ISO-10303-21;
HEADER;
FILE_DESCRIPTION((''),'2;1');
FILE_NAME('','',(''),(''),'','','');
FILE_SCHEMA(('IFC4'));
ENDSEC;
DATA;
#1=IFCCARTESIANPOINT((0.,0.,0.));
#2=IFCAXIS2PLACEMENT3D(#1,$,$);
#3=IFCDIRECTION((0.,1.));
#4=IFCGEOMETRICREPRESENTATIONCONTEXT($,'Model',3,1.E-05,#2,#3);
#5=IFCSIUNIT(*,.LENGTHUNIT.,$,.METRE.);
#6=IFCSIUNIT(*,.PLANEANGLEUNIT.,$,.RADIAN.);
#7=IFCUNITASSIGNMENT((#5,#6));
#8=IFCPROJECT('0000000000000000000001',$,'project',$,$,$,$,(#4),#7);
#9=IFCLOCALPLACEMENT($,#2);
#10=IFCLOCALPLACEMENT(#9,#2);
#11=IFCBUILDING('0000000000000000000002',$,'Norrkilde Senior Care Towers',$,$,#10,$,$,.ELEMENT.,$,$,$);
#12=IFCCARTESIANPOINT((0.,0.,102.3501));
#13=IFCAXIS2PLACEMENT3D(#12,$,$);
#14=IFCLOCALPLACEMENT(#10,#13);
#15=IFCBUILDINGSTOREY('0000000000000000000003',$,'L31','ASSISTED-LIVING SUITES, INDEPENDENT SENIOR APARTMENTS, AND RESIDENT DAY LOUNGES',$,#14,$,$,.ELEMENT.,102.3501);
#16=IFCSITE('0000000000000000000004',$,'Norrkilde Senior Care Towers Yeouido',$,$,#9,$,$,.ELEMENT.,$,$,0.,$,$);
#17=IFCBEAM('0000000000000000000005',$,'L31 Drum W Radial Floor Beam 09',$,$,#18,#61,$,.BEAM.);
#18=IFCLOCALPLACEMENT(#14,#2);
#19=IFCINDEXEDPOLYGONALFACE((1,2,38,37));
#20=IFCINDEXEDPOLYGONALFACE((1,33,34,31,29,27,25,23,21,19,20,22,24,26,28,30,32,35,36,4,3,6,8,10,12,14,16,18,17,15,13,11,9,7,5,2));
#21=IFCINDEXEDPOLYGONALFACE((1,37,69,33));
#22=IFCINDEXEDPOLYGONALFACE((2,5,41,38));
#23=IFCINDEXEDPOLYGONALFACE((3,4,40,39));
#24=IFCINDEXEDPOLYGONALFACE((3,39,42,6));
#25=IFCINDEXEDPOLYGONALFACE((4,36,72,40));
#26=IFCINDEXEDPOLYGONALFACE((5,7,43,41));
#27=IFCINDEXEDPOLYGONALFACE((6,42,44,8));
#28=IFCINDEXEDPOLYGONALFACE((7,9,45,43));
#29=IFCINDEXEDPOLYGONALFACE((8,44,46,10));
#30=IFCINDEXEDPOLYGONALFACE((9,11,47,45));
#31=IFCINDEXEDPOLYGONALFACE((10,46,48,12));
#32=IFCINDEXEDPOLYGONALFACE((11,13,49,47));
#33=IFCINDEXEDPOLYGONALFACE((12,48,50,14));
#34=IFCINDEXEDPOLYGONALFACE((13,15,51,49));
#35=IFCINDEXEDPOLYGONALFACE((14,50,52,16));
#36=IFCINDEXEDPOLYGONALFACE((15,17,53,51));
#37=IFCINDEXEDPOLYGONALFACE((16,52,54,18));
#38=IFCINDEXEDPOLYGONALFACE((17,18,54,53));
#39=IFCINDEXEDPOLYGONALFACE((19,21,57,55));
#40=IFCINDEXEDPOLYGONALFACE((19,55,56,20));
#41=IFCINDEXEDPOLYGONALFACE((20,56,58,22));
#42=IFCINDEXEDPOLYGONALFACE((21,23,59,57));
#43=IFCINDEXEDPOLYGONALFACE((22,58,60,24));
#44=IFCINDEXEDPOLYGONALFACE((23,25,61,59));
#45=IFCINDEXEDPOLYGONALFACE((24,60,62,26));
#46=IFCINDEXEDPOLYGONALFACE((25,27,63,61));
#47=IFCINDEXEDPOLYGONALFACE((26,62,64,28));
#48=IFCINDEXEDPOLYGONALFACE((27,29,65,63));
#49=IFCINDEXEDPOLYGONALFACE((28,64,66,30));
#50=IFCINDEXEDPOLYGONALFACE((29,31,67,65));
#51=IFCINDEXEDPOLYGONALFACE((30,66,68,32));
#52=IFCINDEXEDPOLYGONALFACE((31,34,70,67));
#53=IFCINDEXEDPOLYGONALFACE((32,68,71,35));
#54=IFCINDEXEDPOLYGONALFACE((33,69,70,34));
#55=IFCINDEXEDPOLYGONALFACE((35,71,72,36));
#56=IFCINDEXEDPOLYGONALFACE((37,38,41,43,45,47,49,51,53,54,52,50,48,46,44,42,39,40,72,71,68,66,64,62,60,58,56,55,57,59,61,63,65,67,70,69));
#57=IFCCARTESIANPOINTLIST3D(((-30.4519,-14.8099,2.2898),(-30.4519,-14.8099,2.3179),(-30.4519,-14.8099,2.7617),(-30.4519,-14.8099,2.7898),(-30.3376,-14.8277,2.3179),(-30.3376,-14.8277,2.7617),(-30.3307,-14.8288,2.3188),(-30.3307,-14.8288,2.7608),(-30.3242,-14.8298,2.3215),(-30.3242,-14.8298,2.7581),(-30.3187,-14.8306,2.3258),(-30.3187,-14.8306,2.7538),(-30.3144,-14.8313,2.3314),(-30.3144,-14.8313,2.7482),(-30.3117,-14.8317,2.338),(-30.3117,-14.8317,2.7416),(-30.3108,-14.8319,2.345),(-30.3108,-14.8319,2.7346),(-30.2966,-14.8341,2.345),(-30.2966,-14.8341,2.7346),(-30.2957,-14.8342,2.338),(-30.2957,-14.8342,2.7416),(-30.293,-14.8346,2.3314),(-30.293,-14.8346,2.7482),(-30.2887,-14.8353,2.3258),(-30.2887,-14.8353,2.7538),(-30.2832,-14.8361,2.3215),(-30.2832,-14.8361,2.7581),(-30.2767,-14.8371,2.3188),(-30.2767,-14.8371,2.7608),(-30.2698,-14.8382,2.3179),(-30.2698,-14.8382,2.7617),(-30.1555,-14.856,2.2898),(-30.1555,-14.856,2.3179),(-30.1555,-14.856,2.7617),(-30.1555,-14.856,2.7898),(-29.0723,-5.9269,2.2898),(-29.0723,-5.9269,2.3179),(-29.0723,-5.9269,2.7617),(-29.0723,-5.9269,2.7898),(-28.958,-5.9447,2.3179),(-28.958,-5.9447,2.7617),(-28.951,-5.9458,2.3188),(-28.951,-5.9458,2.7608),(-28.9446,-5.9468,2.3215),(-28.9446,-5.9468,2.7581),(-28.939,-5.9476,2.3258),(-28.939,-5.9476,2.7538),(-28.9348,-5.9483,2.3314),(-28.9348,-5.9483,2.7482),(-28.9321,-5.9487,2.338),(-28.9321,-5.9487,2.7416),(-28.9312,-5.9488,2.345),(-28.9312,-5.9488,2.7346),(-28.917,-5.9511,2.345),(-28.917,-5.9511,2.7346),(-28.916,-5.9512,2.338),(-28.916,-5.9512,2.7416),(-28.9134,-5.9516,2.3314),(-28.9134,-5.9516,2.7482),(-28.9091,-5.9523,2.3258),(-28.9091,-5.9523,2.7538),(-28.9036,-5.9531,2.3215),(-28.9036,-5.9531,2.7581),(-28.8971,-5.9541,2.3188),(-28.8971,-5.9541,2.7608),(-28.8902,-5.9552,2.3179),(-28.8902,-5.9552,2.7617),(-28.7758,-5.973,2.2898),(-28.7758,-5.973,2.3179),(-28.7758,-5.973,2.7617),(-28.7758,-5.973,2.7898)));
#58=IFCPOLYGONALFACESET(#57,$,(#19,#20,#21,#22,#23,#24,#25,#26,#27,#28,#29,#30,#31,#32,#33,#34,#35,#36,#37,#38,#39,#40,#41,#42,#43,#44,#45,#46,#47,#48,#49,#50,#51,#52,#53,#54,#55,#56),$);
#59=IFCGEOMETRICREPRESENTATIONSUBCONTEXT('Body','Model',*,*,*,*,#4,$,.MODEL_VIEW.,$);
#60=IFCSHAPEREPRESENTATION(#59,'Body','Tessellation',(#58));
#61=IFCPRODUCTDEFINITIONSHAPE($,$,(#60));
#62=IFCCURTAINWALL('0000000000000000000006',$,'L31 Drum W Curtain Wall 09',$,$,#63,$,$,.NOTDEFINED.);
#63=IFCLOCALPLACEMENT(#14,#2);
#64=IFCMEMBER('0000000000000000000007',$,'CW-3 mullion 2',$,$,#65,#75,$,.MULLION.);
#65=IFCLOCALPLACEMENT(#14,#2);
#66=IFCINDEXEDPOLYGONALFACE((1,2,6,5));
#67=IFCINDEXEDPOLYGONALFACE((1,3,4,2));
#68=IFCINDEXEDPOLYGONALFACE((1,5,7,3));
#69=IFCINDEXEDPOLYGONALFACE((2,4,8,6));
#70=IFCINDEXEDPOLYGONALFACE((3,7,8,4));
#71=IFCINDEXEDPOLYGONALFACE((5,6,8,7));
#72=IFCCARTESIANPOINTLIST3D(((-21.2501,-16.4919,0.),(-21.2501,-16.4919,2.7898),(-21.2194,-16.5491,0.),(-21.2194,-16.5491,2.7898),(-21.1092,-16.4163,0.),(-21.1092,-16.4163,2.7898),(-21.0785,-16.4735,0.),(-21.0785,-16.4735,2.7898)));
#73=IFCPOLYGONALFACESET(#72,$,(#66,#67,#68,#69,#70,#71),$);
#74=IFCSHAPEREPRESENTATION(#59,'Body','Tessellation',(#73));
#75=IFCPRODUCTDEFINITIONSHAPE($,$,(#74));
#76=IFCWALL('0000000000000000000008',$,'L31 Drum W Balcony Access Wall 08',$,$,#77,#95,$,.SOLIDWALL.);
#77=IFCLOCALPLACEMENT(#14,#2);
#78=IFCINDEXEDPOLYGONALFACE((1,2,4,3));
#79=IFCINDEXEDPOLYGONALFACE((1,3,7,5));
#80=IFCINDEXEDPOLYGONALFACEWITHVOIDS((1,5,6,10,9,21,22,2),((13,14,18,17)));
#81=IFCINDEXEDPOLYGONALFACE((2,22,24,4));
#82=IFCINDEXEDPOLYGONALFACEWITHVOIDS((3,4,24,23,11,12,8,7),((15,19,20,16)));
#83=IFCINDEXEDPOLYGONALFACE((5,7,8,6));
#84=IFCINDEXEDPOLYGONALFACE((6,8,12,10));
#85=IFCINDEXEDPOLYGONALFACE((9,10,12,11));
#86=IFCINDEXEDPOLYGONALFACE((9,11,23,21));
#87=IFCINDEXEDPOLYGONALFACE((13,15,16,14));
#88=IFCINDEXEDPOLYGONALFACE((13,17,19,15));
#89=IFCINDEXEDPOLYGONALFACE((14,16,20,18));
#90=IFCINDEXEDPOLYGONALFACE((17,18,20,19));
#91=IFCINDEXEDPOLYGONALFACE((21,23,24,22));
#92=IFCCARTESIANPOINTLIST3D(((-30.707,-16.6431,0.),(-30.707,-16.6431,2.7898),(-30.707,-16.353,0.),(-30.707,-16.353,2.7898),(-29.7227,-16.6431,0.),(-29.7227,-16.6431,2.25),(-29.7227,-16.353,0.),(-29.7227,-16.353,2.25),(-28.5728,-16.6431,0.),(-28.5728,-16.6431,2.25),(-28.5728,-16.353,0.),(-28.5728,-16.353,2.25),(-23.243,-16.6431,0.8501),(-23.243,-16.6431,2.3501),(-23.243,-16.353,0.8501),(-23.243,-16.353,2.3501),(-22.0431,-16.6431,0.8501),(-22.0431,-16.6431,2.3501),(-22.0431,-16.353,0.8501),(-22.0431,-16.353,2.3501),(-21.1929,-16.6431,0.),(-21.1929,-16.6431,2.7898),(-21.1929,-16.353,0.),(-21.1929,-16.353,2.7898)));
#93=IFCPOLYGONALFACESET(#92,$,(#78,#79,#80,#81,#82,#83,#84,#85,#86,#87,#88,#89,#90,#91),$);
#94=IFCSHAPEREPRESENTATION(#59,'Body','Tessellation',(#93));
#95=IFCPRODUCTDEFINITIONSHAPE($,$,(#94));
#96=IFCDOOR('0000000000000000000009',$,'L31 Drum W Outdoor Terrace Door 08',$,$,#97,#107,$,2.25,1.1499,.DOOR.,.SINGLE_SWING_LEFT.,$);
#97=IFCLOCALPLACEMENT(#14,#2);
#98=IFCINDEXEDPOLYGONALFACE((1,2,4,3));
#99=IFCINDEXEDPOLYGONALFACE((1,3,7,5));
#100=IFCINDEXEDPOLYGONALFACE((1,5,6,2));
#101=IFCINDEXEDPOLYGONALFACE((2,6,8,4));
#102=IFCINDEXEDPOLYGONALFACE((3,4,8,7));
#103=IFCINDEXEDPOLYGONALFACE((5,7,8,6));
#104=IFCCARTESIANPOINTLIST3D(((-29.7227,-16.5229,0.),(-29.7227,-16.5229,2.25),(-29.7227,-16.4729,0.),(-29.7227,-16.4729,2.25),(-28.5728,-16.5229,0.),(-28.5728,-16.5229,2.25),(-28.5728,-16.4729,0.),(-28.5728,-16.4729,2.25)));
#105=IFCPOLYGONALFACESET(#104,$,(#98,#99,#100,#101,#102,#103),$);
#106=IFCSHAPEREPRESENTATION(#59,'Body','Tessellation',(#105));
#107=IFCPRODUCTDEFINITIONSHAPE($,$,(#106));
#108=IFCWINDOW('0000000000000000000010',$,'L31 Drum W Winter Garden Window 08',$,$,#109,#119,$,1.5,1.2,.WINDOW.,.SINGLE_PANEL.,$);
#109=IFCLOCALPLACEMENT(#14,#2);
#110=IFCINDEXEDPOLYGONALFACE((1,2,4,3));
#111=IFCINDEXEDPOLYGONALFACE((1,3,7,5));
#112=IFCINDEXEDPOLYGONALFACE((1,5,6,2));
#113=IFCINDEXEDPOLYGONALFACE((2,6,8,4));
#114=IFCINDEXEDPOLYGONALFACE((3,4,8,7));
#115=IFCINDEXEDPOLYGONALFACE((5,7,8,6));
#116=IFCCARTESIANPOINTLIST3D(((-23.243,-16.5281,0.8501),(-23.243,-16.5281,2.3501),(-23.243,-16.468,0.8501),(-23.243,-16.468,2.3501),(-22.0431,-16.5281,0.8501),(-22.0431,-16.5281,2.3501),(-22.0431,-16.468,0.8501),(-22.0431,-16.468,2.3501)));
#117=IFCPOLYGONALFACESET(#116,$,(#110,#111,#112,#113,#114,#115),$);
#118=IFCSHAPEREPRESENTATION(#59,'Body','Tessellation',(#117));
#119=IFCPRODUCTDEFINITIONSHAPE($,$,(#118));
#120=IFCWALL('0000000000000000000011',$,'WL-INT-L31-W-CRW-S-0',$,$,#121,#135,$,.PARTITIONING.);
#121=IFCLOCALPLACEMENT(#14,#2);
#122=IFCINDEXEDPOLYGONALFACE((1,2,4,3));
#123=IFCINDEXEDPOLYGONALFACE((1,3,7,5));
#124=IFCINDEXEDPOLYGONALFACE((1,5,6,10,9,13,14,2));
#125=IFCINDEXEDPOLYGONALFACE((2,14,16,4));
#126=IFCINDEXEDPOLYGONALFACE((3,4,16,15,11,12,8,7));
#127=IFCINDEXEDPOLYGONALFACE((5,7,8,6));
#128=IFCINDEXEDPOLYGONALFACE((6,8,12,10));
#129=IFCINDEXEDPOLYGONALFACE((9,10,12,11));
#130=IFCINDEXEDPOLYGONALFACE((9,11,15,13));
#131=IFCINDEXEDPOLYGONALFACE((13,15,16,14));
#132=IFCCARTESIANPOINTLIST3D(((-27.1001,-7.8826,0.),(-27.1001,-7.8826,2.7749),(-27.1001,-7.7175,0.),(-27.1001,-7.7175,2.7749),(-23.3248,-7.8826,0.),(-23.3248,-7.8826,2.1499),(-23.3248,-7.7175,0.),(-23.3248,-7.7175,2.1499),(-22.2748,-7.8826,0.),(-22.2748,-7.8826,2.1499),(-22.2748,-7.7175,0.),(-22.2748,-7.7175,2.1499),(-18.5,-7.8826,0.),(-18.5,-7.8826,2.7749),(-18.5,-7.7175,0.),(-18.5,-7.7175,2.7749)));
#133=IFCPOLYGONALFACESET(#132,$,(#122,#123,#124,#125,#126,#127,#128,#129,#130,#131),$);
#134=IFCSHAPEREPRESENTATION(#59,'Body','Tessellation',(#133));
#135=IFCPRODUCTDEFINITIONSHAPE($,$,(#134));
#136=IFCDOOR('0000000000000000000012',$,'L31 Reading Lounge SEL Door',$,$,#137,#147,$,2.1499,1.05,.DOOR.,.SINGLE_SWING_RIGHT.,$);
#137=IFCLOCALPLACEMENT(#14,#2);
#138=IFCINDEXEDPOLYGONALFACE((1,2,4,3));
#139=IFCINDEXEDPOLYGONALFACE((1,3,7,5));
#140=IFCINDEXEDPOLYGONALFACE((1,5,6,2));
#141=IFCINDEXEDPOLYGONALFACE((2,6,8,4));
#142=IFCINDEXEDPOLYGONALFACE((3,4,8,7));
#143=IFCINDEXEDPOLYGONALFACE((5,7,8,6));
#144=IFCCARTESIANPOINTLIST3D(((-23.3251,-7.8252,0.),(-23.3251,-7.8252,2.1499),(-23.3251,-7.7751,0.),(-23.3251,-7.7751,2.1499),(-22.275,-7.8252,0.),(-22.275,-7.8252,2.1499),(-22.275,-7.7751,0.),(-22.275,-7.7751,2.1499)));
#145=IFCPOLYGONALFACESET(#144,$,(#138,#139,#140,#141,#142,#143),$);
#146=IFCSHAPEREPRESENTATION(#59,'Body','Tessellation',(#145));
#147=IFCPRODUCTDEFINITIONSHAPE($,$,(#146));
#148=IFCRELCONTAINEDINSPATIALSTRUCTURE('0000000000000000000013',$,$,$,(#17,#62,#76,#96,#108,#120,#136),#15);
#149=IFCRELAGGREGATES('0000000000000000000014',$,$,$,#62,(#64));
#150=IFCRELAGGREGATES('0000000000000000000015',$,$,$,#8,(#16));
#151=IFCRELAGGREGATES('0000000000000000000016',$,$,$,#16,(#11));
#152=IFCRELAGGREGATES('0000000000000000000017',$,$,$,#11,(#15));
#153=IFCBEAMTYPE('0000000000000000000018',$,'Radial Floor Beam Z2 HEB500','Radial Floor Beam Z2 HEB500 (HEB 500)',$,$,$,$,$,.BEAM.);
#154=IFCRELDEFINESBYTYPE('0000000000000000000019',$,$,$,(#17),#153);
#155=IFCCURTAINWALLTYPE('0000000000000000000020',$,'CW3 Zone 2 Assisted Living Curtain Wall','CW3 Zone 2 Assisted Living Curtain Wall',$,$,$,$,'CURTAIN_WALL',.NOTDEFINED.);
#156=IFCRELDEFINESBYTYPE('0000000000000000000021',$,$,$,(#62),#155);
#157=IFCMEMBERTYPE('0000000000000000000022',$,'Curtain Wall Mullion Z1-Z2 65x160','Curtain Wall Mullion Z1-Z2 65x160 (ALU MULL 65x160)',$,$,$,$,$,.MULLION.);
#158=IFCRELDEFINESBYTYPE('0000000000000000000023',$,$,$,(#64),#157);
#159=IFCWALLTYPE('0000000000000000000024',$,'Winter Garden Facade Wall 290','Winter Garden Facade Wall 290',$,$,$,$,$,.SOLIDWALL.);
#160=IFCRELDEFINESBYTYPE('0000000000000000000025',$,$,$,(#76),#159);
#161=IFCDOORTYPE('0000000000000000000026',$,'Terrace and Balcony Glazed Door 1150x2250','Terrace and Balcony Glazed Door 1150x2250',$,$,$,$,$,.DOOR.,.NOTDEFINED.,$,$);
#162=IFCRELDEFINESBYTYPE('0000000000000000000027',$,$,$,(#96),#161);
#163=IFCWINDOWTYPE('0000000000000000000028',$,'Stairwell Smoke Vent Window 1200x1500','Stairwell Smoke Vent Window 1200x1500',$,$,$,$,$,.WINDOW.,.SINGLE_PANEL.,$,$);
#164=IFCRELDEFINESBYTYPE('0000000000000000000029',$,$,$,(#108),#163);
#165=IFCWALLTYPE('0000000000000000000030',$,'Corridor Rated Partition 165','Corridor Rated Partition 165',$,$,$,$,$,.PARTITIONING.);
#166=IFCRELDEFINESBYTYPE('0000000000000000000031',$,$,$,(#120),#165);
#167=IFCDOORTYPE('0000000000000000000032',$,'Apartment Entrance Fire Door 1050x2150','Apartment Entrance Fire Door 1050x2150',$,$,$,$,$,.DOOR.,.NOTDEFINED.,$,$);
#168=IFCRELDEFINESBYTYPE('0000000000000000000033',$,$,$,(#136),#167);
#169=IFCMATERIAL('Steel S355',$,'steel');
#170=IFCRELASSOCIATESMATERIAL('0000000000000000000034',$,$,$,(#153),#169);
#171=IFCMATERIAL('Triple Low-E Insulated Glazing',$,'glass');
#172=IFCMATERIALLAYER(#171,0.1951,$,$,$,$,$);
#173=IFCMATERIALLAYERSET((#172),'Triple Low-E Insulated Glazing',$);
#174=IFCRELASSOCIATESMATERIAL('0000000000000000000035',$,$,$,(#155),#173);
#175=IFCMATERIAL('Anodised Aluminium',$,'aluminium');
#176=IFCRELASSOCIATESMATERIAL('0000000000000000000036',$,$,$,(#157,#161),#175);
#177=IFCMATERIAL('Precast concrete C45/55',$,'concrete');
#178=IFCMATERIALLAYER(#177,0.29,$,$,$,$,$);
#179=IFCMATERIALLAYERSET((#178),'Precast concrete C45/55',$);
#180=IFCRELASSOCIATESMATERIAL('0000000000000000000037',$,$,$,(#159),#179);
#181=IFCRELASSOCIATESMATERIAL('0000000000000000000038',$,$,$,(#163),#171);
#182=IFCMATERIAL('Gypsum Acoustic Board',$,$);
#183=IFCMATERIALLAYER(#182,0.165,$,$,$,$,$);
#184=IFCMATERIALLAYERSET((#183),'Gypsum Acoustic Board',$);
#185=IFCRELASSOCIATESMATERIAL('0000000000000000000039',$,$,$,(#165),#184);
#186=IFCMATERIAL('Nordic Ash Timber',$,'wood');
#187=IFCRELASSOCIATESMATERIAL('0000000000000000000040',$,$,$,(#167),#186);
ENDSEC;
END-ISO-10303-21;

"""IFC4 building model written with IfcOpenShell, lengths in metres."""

from ifc_helpers import new_model, si_unit, direction, frame, frame_2d, origin, origin_2d, place, context, subcontext, project, spatial, rectangle, i_section, extrude, source, transform, mapped, material, layer, layer_set, material_profile, profile_set, type_object, type_shapes, element, fill, aggregate, save


model = new_model("IFC4")

# Units and contexts
model_context = context("Model", 3, precision=1e-05, world=origin(), true_north=direction((0.0, 1.0)))
body_context = subcontext(model_context, "Body", "Model", "MODEL_VIEW")
ifc_project = project(units=[si_unit("LENGTHUNIT", "METRE"), si_unit("PLANEANGLEUNIT", "RADIAN")], contexts=[model_context])

# Site, building, storey
site_placement = place(None, origin())
site = spatial("IfcSite", under=ifc_project, at=site_placement, Name="Norrkilde Senior Care Towers Yeouido", CompositionType="ELEMENT", RefElevation=0.0)
building_placement = place(site_placement, origin())
building = spatial("IfcBuilding", under=site, at=building_placement, Name="Norrkilde Senior Care Towers", CompositionType="ELEMENT")
storey_placement = place(building_placement, frame((0.0, 0.0, 102.3501)))
storey = spatial("IfcBuildingStorey", under=building, at=storey_placement, Name="L31", Description="ASSISTED-LIVING SUITES, INDEPENDENT SENIOR APARTMENTS, AND RESIDENT DAY LOUNGES", CompositionType="ELEMENT", Elevation=102.3501)

# Beam
ifc_material_1 = material(Name="Steel S355", Category="steel")
ifc_material_profile_1 = material_profile(ifc_material_1, i_section(OverallWidth=0.3, OverallDepth=0.5, WebThickness=0.0144, FlangeThickness=0.0281, FilletRadius=0.0271, at=origin_2d()), Name="HEB 500")
ifc_profile_set_1 = profile_set([ifc_material_profile_1], Name="Steel S355")
beam_type_1 = type_object("IfcBeamType", Name="Radial Floor Beam Z2 HEB500", Description="Radial Floor Beam Z2 HEB500 (HEB 500)", PredefinedType="BEAM", material=ifc_profile_set_1)
shared_shape_1 = source(origin(), body_context, "Body", "SweptSolid", [
    extrude(i_section(OverallWidth=0.3, OverallDepth=0.5, WebThickness=0.0144, FlangeThickness=0.0281, FilletRadius=0.0271, at=origin_2d()), origin(), (0.0, 0.0, 1.0), 8.9895),
])
beam_1_placement = place(storey_placement, frame((-28.9241, -5.95, 2.5398), z_axis=(-0.153471, -0.988153, 0.0), x_axis=(0.988153, -0.153471, 0.0)))
element("IfcBeam", 1, at=beam_1_placement, inside=storey, type_object=beam_type_1, Name="L31 Drum W Radial Floor Beam 09", PredefinedType="BEAM", context=body_context, shape_type="MappedRepresentation", body=[
    mapped(shared_shape_1, transform((0.0, 0.0, 0.0), x_axis=(1.0, 0.0, 0.0), y_axis=(0.0, 1.0, 0.0), z_axis=(0.0, 0.0, 1.0), scale=1.0)),
])

# Curtain wall, member
ifc_material_2 = material(Name="Triple Low-E Insulated Glazing", Category="glass")
ifc_layer_1 = layer(ifc_material_2, 0.1951)
ifc_layer_set_1 = layer_set([ifc_layer_1], Name="Triple Low-E Insulated Glazing")
curtain_wall_type = type_object("IfcCurtainWallType", Name="CW3 Zone 2 Assisted Living Curtain Wall", Description="CW3 Zone 2 Assisted Living Curtain Wall", ElementType="CURTAIN_WALL", PredefinedType="NOTDEFINED", material=ifc_layer_set_1)
curtain_wall_placement = place(storey_placement, origin())
curtain_wall = element("IfcCurtainWall", 2, at=curtain_wall_placement, inside=storey, type_object=curtain_wall_type, Name="L31 Drum W Curtain Wall 09", PredefinedType="NOTDEFINED")
ifc_material_3 = material(Name="Anodised Aluminium", Category="aluminium")
ifc_material_profile_2 = material_profile(ifc_material_3, rectangle(XDim=0.0649, YDim=0.1599, at=origin_2d()), Name="ALU MULL 65x160")
ifc_profile_set_2 = profile_set([ifc_material_profile_2], Name="Anodised Aluminium")
member_type = type_object("IfcMemberType", Name="Curtain Wall Mullion Z1-Z2 65x160", Description="Curtain Wall Mullion Z1-Z2 65x160 (ALU MULL 65x160)", PredefinedType="MULLION", material=ifc_profile_set_2)
shared_shape_2 = source(origin(), body_context, "Body", "SweptSolid", [
    extrude(rectangle(XDim=0.0649, YDim=0.1599, at=origin_2d()), origin(), (0.0, 0.0, 1.0), 2.7898),
])
type_shapes(member_type, [shared_shape_2])
member_placement = place(storey_placement, frame((-21.1643, -16.4827, 0.0), z_axis=(0.0, 0.0, 1.0), x_axis=(0.472769, -0.881186, 0.0)))
member = element("IfcMember", 3, at=member_placement, type_object=member_type, Name="CW-3 mullion 2", PredefinedType="MULLION", context=body_context, shape_type="MappedRepresentation", body=[
    mapped(shared_shape_2, transform((0.0, 0.0, 0.0), x_axis=(1.0, 0.0, 0.0), y_axis=(0.0, 1.0, 0.0), z_axis=(0.0, 0.0, 1.0), scale=1.0)),
])
aggregate(curtain_wall, [member])

# Wall, openings, door, window
ifc_material_4 = material(Name="Precast concrete C45/55", Category="concrete")
ifc_layer_2 = layer(ifc_material_4, 0.29)
ifc_layer_set_2 = layer_set([ifc_layer_2], Name="Precast concrete C45/55")
wall_type_1 = type_object("IfcWallType", Name="Winter Garden Facade Wall 290", Description="Winter Garden Facade Wall 290", PredefinedType="SOLIDWALL", material=ifc_layer_set_2)
shared_shape_3 = source(origin(), body_context, "Body", "SweptSolid", [
    extrude(rectangle(XDim=9.5142, YDim=0.29, at=frame_2d((4.7571, 0.0))), origin(), (0.0, 0.0, 1.0), 2.7898),
])
type_shapes(wall_type_1, [shared_shape_3])
wall_1_placement = place(storey_placement, frame((-21.1929, -16.498, 0.0), z_axis=(0.0, 0.0, 1.0), x_axis=(-1.0, 0.0, 0.0)))
wall_1 = element("IfcWall", 4, at=wall_1_placement, inside=storey, type_object=wall_type_1, Name="L31 Drum W Balcony Access Wall 08", PredefinedType="SOLIDWALL", context=body_context, shape_type="MappedRepresentation", body=[
    mapped(shared_shape_3, transform((0.0, 0.0, 0.0), x_axis=(1.0, 0.0, 0.0), y_axis=(0.0, 1.0, 0.0), z_axis=(0.0, 0.0, 1.0), scale=1.0)),
])
opening_1_placement = place(wall_1_placement, frame((7.3799, 0.0, 0.0)))
opening_1 = element("IfcOpeningElement", 5, at=opening_1_placement, cuts=wall_1, PredefinedType="OPENING", context=body_context, shape_type="SweptSolid", body=[
    extrude(rectangle(XDim=1.1499, YDim=2.25, at=frame_2d((0.575, 1.125))), frame((0.0, 0.155, 0.0), z_axis=(0.0, -1.0, 0.0), x_axis=(1.0, 0.0, 0.0)), (0.0, 0.0, 1.0), 0.3101),
])
opening_2_placement = place(wall_1_placement, frame((0.8501, 0.0, 0.8501)))
opening_2 = element("IfcOpeningElement", 6, at=opening_2_placement, cuts=wall_1, PredefinedType="OPENING", context=body_context, shape_type="SweptSolid", body=[
    extrude(rectangle(XDim=1.2, YDim=1.5, at=frame_2d((0.6001, 0.75))), frame((0.0, 0.155, 0.0), z_axis=(0.0, -1.0, 0.0), x_axis=(1.0, 0.0, 0.0)), (0.0, 0.0, 1.0), 0.3101),
])
door_type_1 = type_object("IfcDoorType", Name="Terrace and Balcony Glazed Door 1150x2250", Description="Terrace and Balcony Glazed Door 1150x2250", OperationType="NOTDEFINED", PredefinedType="DOOR", material=ifc_material_3)
shared_shape_4 = source(origin(), body_context, "Body", "SweptSolid", [
    extrude(rectangle(XDim=1.1499, YDim=2.25, at=frame_2d((0.575, 1.125))), frame((0.0, 0.0249, 0.0), z_axis=(0.0, -1.0, 0.0), x_axis=(1.0, 0.0, 0.0)), (0.0, 0.0, 1.0), 0.05),
])
type_shapes(door_type_1, [shared_shape_4])
door_1_placement = place(opening_1_placement, origin())
door_1 = element("IfcDoor", 7, at=door_1_placement, inside=storey, type_object=door_type_1, Name="L31 Drum W Outdoor Terrace Door 08", OperationType="SINGLE_SWING_LEFT", OverallHeight=2.25, OverallWidth=1.1499, PredefinedType="DOOR", context=body_context, shape_type="MappedRepresentation", body=[
    mapped(shared_shape_4, transform((0.0, 0.0, 0.0), x_axis=(1.0, 0.0, 0.0), y_axis=(0.0, 1.0, 0.0), z_axis=(0.0, 0.0, 1.0), scale=1.0)),
])
fill(opening_1, door_1)
window_type = type_object("IfcWindowType", Name="Stairwell Smoke Vent Window 1200x1500", Description="Stairwell Smoke Vent Window 1200x1500", PartitioningType="SINGLE_PANEL", PredefinedType="WINDOW", material=ifc_material_2)
shared_shape_5 = source(origin(), body_context, "Body", "SweptSolid", [
    extrude(rectangle(XDim=1.2, YDim=1.5, at=frame_2d((0.6001, 0.75))), frame((0.0, 0.03, 0.0), z_axis=(0.0, -1.0, 0.0), x_axis=(1.0, 0.0, 0.0)), (0.0, 0.0, 1.0), 0.0601),
])
type_shapes(window_type, [shared_shape_5])
window_placement = place(opening_2_placement, origin())
window = element("IfcWindow", 8, at=window_placement, inside=storey, type_object=window_type, Name="L31 Drum W Winter Garden Window 08", OverallHeight=1.5, OverallWidth=1.2, PartitioningType="SINGLE_PANEL", PredefinedType="WINDOW", context=body_context, shape_type="MappedRepresentation", body=[
    mapped(shared_shape_5, transform((0.0, 0.0, 0.0), x_axis=(1.0, 0.0, 0.0), y_axis=(0.0, 1.0, 0.0), z_axis=(0.0, 0.0, 1.0), scale=1.0)),
])
fill(opening_2, window)

# Wall, opening, door
ifc_material_5 = material(Name="Gypsum Acoustic Board")
ifc_layer_3 = layer(ifc_material_5, 0.165)
ifc_layer_set_3 = layer_set([ifc_layer_3], Name="Gypsum Acoustic Board")
wall_type_2 = type_object("IfcWallType", Name="Corridor Rated Partition 165", Description="Corridor Rated Partition 165", PredefinedType="PARTITIONING", material=ifc_layer_set_3)
shared_shape_6 = source(origin(), body_context, "Body", "SweptSolid", [
    extrude(rectangle(XDim=8.6001, YDim=0.165, at=frame_2d((4.3, 0.0))), origin(), (0.0, 0.0, 1.0), 2.7749),
])
wall_2_placement = place(storey_placement, frame((-18.5, -7.8, 0.0), z_axis=(0.0, 0.0, 1.0), x_axis=(-1.0, 0.0, 0.0)))
wall_2 = element("IfcWall", 9, at=wall_2_placement, inside=storey, type_object=wall_type_2, Name="WL-INT-L31-W-CRW-S-0", PredefinedType="PARTITIONING", context=body_context, shape_type="MappedRepresentation", body=[
    mapped(shared_shape_6, transform((0.0, 0.0, 0.0), x_axis=(1.0, 0.0, 0.0), y_axis=(0.0, 1.0, 0.0), z_axis=(0.0, 0.0, 1.0), scale=1.0)),
])
opening_3_placement = place(wall_2_placement, frame((3.7749, 0.0, 0.0)))
opening_3 = element("IfcOpeningElement", 10, at=opening_3_placement, cuts=wall_2, PredefinedType="OPENING", context=body_context, shape_type="SweptSolid", body=[
    extrude(rectangle(XDim=1.05, YDim=2.1499, at=frame_2d((0.5249, 1.075))), frame((0.0, 0.0925, 0.0), z_axis=(0.0, -1.0, 0.0), x_axis=(1.0, 0.0, 0.0)), (0.0, 0.0, 1.0), 0.1851),
])
ifc_material_6 = material(Name="Nordic Ash Timber", Category="wood")
door_type_2 = type_object("IfcDoorType", Name="Apartment Entrance Fire Door 1050x2150", Description="Apartment Entrance Fire Door 1050x2150", OperationType="NOTDEFINED", PredefinedType="DOOR", material=ifc_material_6)
shared_shape_7 = source(origin(), body_context, "Body", "SweptSolid", [
    extrude(rectangle(XDim=1.05, YDim=2.1499, at=frame_2d((0.5249, 1.075))), frame((0.0, 0.0249, 0.0), z_axis=(0.0, -1.0, 0.0), x_axis=(1.0, 0.0, 0.0)), (0.0, 0.0, 1.0), 0.05),
])
type_shapes(door_type_2, [shared_shape_7])
door_2_placement = place(opening_3_placement, frame((1.05, 0.0, 0.0), z_axis=(0.0, 0.0, 1.0), x_axis=(-1.0, 0.0, 0.0)))
door_2 = element("IfcDoor", 11, at=door_2_placement, inside=storey, type_object=door_type_2, Name="L31 Reading Lounge SEL Door", OperationType="SINGLE_SWING_RIGHT", OverallHeight=2.1499, OverallWidth=1.05, PredefinedType="DOOR", context=body_context, shape_type="MappedRepresentation", body=[
    mapped(shared_shape_7, transform((0.0, 0.0, 0.0), x_axis=(1.0, 0.0, 0.0), y_axis=(0.0, 1.0, 0.0), z_axis=(0.0, 0.0, 1.0), scale=1.0)),
])
fill(opening_3, door_2)

save(model, "model.ifc")
